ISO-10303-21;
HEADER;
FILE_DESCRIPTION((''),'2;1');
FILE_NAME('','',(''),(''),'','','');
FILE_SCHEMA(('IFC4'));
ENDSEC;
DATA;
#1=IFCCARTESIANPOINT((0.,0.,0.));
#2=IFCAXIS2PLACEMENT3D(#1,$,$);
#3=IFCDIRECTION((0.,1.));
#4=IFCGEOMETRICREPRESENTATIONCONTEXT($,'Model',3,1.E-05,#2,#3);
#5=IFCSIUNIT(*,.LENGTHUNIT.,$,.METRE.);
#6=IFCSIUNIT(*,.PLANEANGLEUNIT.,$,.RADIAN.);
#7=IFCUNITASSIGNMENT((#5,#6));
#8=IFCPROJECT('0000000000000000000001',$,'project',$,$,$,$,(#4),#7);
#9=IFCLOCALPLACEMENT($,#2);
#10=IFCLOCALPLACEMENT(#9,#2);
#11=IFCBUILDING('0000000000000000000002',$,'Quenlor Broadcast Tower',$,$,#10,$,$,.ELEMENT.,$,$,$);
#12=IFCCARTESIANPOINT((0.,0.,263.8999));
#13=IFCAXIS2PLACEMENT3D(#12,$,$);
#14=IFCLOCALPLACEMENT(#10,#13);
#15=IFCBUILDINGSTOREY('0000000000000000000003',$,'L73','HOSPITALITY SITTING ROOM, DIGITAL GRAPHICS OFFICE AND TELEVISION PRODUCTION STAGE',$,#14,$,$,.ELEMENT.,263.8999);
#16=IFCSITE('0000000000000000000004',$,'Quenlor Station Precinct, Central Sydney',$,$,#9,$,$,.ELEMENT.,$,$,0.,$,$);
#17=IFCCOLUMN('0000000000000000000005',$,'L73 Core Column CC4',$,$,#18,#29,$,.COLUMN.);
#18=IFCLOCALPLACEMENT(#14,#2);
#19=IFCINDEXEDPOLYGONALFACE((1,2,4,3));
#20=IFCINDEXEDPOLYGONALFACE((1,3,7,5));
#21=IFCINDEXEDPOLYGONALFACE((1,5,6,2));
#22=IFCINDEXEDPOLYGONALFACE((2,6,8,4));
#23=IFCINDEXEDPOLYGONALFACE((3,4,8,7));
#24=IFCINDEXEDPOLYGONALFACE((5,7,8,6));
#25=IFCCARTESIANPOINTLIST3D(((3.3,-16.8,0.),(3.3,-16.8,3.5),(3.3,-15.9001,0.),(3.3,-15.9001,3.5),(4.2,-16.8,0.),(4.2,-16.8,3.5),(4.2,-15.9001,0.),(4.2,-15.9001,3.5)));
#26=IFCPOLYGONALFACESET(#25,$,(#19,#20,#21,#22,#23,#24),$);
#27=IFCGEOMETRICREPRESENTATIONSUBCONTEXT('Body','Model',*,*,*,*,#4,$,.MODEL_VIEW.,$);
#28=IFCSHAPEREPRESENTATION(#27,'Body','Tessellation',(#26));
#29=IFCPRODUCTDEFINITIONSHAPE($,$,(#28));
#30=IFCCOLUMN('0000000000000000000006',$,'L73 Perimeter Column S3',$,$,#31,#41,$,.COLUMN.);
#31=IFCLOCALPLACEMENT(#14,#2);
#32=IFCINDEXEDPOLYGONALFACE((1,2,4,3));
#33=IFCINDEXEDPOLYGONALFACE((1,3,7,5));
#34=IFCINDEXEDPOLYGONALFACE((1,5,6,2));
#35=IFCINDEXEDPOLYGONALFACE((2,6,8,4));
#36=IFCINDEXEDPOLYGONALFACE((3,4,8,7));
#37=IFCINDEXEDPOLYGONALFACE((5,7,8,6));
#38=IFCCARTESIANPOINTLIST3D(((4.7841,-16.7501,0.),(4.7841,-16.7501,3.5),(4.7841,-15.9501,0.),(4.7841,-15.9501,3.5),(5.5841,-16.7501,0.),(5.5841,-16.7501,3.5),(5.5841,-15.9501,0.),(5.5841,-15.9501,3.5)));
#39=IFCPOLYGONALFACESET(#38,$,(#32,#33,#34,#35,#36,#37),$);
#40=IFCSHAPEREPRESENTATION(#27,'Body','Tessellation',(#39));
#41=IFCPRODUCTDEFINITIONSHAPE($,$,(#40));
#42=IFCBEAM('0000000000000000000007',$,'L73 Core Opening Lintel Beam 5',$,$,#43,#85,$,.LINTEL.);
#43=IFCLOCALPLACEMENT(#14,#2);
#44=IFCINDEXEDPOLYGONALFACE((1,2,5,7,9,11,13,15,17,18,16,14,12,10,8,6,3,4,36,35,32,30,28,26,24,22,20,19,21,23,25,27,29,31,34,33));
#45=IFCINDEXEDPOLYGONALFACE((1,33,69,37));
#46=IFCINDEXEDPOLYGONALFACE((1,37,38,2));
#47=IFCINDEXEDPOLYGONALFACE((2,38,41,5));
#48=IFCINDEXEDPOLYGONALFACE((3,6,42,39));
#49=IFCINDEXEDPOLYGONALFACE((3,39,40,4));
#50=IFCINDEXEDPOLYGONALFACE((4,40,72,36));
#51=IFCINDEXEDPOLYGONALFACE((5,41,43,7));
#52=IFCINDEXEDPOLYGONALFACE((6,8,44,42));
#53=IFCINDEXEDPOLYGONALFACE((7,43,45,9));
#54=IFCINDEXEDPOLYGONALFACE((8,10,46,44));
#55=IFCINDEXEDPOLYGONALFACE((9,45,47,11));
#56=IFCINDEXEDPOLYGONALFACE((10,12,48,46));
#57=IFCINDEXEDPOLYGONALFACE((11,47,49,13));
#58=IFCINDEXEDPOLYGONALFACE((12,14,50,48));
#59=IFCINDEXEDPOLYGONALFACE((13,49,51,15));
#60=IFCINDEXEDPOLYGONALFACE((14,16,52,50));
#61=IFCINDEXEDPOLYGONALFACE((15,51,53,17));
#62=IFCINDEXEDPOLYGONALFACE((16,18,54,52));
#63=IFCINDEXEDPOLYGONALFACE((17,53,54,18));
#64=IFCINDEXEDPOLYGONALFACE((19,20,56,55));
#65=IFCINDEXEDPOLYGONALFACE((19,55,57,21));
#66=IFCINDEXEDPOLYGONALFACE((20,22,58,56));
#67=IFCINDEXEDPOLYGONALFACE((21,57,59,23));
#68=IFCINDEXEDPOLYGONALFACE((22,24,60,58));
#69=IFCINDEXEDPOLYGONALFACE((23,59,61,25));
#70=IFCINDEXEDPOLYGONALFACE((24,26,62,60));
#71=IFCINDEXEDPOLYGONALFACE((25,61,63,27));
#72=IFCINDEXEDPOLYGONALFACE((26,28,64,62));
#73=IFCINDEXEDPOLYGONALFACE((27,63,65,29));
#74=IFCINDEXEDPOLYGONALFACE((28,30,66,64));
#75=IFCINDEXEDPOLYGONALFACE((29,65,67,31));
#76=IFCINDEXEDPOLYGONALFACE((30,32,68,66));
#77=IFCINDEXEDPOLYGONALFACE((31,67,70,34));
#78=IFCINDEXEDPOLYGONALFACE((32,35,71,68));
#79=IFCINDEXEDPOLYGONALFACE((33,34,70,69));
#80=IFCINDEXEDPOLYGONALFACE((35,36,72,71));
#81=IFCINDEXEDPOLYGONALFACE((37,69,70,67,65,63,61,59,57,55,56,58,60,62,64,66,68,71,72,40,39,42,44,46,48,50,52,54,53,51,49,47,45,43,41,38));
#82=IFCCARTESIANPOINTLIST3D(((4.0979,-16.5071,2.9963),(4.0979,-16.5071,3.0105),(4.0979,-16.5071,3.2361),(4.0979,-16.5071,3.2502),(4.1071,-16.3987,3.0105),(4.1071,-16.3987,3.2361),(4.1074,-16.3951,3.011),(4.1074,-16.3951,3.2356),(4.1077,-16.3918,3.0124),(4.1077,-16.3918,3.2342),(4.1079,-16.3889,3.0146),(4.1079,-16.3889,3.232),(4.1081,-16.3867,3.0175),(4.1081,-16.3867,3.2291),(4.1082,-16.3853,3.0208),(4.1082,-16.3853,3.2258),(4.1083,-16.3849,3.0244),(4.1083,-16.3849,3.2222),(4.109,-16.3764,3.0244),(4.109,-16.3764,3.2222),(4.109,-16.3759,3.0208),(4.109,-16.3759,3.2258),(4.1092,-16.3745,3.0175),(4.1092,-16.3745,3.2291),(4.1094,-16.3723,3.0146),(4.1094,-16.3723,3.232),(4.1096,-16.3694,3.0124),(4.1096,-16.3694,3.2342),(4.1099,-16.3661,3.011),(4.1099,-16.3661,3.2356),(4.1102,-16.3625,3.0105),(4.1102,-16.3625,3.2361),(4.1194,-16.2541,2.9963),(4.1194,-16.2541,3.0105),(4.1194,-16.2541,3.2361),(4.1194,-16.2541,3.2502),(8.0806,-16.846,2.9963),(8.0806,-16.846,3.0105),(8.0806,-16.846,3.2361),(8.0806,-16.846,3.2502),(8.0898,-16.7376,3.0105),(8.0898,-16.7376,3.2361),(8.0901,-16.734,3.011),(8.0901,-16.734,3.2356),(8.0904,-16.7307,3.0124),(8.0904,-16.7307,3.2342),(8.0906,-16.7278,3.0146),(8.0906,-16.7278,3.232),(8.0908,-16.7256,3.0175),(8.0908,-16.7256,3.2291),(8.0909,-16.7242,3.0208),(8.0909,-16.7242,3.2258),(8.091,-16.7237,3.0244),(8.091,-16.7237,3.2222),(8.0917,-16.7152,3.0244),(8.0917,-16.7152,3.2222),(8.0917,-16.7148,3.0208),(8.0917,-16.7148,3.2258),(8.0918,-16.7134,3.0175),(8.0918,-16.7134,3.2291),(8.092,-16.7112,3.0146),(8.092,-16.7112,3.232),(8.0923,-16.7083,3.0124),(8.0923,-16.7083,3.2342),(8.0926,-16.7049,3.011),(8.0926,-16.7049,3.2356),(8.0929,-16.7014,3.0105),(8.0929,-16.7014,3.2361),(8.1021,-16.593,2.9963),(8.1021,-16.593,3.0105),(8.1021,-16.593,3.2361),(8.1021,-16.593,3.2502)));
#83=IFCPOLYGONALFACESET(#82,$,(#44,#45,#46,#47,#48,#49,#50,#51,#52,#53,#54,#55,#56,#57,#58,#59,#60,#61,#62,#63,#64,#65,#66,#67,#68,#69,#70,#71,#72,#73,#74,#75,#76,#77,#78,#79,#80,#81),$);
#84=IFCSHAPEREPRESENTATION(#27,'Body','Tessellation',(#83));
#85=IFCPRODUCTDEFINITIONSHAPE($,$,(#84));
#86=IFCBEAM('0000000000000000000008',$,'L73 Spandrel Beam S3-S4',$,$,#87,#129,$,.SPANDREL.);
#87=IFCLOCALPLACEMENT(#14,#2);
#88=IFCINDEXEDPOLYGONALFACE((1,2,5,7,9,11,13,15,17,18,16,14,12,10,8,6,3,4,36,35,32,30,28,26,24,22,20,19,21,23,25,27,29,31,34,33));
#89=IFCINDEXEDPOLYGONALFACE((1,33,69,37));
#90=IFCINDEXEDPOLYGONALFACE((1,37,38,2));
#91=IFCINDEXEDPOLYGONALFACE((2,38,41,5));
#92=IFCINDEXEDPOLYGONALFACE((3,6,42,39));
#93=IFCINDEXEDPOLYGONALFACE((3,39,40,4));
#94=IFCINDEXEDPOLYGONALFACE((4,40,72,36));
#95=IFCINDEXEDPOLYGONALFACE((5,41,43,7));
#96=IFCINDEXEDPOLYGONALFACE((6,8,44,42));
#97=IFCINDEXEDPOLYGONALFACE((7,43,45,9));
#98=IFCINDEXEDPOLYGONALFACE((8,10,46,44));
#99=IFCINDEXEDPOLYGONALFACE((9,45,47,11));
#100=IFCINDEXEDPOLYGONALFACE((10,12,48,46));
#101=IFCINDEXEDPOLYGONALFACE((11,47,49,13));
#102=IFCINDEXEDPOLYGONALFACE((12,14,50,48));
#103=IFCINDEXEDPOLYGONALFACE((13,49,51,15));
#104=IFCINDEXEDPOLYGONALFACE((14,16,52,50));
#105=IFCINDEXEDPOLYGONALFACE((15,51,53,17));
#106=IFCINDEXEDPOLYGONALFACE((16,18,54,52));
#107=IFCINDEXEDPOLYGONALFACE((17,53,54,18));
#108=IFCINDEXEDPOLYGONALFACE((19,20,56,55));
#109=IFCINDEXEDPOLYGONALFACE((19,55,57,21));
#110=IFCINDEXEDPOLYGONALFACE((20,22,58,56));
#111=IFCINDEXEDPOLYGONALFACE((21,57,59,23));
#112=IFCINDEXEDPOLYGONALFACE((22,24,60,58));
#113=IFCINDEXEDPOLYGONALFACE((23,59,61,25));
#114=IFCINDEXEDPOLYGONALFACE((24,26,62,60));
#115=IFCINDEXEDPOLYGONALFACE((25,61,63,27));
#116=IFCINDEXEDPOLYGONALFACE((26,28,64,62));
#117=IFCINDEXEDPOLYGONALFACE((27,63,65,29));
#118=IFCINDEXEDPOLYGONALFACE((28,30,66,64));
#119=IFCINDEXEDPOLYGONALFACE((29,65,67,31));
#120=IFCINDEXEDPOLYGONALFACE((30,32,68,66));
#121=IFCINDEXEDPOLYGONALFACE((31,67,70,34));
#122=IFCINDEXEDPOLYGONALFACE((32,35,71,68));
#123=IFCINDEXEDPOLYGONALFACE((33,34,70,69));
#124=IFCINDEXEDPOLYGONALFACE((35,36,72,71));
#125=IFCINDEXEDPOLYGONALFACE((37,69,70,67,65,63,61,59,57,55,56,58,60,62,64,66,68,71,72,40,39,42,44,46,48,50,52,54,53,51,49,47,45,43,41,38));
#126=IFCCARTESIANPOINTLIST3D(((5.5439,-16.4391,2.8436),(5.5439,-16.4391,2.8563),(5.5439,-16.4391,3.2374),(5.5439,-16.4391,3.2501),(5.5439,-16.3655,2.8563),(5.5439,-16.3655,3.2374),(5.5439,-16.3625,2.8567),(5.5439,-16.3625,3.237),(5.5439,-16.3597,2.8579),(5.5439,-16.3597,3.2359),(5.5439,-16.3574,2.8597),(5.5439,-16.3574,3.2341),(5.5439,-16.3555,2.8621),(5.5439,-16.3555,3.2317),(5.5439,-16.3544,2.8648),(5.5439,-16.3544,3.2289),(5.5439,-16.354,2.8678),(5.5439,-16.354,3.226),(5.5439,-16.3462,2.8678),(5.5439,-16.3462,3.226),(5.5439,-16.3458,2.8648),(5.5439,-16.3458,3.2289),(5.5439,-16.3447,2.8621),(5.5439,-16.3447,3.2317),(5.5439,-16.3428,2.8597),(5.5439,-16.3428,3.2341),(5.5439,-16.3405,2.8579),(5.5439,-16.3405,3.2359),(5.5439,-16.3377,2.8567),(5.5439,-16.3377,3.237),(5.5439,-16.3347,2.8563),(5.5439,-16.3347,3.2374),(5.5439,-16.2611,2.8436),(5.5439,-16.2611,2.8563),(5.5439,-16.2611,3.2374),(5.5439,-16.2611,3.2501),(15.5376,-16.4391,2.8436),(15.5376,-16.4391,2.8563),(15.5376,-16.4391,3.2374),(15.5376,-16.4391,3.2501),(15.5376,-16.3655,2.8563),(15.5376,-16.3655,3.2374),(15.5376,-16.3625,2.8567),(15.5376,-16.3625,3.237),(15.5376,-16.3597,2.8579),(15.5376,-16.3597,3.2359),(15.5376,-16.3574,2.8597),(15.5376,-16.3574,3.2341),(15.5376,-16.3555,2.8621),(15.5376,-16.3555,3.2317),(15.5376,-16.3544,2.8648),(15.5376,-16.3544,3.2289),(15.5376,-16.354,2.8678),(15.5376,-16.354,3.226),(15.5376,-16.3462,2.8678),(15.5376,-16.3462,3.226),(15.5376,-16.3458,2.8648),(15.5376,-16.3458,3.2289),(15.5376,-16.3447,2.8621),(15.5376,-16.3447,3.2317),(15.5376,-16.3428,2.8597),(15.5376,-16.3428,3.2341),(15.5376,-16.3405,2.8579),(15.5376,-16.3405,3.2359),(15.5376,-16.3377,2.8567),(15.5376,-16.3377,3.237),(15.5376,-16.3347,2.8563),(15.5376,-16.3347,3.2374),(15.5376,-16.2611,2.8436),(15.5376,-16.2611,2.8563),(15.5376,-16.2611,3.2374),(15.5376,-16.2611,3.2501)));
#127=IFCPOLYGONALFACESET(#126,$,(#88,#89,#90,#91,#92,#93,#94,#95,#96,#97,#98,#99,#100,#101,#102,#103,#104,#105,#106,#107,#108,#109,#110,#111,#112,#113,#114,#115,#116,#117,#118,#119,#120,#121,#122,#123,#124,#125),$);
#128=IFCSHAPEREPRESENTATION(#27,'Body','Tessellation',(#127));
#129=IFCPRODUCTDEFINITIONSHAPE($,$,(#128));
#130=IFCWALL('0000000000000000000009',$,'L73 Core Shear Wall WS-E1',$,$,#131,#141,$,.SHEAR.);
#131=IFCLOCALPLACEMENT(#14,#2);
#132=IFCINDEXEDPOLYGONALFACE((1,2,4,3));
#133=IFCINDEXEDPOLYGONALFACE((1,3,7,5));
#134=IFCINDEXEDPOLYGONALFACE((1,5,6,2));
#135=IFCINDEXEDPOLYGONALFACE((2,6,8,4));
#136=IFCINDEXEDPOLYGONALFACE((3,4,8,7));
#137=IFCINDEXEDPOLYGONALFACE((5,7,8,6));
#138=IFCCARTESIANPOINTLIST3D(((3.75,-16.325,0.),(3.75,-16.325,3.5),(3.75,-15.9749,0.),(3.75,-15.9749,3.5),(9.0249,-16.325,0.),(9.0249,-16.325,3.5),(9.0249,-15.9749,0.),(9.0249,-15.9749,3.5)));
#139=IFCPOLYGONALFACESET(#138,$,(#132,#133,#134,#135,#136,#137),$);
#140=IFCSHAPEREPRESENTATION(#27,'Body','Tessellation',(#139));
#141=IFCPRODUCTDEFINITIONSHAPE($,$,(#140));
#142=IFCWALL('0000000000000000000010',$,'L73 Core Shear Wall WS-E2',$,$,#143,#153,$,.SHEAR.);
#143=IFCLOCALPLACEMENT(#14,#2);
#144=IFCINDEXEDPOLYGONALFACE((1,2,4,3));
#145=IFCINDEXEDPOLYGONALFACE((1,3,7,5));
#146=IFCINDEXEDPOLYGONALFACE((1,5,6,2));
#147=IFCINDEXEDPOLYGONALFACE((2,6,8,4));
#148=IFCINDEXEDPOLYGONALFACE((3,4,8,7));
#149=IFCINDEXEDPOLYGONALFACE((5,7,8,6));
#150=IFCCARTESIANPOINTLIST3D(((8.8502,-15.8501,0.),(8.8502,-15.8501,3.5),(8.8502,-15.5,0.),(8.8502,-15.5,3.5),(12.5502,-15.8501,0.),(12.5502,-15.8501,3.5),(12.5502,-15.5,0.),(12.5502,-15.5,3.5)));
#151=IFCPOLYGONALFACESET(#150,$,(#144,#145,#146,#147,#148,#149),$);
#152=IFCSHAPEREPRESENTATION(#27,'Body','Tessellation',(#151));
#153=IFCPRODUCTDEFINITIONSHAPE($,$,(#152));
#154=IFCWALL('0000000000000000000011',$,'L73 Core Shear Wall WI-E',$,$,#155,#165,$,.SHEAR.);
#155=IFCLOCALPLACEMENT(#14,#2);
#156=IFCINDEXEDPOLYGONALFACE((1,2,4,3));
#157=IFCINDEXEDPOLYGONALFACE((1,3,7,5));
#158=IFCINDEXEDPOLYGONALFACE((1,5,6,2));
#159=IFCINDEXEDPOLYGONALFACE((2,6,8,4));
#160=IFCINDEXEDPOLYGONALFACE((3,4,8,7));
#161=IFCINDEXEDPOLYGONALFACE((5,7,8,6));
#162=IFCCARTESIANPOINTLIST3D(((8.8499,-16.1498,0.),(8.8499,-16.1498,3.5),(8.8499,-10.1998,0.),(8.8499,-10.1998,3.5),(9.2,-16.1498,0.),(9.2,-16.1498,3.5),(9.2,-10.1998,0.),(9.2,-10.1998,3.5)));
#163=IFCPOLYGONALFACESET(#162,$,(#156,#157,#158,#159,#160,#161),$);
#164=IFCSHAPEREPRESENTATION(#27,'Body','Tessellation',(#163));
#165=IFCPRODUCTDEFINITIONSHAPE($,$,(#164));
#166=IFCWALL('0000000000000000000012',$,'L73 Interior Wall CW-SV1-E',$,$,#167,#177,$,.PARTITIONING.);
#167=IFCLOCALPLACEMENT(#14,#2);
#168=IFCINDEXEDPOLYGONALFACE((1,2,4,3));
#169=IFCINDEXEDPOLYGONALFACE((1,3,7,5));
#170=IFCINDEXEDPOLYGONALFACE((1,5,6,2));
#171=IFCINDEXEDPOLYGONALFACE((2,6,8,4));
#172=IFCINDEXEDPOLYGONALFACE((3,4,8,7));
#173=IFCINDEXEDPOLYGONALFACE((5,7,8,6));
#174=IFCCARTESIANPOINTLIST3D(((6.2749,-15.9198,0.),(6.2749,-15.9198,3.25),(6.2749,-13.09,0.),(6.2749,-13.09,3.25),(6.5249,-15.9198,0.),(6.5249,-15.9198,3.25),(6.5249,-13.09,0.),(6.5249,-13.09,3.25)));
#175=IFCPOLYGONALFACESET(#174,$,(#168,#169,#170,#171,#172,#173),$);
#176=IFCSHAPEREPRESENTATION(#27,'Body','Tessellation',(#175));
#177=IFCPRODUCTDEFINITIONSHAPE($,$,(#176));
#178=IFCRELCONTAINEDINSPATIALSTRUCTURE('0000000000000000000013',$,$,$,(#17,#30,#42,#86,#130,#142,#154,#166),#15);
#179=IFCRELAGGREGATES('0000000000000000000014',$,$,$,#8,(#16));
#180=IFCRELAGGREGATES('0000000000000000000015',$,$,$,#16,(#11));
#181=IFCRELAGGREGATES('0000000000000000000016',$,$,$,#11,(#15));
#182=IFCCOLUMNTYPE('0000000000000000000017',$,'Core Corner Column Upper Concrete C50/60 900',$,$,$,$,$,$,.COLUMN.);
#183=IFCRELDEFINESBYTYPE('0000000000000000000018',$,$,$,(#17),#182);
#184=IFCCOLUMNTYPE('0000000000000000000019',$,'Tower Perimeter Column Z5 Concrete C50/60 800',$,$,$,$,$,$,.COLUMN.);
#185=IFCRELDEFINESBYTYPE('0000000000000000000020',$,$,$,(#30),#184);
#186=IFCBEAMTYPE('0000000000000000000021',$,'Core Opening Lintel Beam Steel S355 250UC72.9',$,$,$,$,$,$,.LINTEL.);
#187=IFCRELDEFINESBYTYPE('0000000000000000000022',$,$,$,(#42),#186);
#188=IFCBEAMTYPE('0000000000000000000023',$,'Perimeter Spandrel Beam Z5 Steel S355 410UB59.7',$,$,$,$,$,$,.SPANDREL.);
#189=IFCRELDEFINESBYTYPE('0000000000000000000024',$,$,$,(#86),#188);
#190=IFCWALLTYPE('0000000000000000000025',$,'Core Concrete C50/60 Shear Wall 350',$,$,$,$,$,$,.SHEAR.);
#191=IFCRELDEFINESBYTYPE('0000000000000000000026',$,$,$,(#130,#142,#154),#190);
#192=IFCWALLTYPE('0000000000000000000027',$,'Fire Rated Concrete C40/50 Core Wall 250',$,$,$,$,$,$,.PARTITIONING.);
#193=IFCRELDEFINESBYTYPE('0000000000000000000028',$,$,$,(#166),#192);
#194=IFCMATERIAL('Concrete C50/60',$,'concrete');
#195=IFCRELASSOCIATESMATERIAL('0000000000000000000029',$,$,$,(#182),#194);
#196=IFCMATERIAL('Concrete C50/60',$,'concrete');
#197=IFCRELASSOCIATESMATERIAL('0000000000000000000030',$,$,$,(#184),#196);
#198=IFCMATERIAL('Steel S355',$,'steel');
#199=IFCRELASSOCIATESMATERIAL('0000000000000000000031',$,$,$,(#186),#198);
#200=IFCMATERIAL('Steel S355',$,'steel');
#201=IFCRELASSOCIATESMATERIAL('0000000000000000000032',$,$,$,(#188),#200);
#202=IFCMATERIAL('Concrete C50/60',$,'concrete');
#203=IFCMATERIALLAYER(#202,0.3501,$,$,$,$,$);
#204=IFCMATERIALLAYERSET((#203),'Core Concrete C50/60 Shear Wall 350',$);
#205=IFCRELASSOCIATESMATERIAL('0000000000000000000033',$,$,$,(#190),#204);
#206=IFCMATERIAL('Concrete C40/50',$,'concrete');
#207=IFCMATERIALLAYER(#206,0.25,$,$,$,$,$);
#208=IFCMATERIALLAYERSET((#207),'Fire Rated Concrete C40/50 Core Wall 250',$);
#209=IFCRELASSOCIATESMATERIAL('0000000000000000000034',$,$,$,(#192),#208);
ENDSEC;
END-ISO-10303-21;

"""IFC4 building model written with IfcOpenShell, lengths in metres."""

from ifc_helpers import new_model, si_unit, direction, frame, frame_2d, origin, origin_2d, place, context, subcontext, project, spatial, rectangle, i_section, extrude, material, layer, layer_set, material_profile, profile_set, type_object, element, save


model = new_model("IFC4")

# Units and contexts
model_context = context("Model", 3, precision=1e-05, world=origin(), true_north=direction((0.0, 1.0)))
body_context = subcontext(model_context, "Body", "Model", "MODEL_VIEW")
ifc_project = project(units=[si_unit("LENGTHUNIT", "METRE"), si_unit("PLANEANGLEUNIT", "RADIAN")], contexts=[model_context])

# Site, building, storey
site_placement = place(None, origin())
site = spatial("IfcSite", under=ifc_project, at=site_placement, Name="Quenlor Station Precinct, Central Sydney", CompositionType="ELEMENT", RefElevation=0.0)
building_placement = place(site_placement, origin())
building = spatial("IfcBuilding", under=site, at=building_placement, Name="Quenlor Broadcast Tower", CompositionType="ELEMENT")
storey_placement = place(building_placement, frame((0.0, 0.0, 263.8999)))
storey = spatial("IfcBuildingStorey", under=building, at=storey_placement, Name="L73", Description="HOSPITALITY SITTING ROOM, DIGITAL GRAPHICS OFFICE AND TELEVISION PRODUCTION STAGE", CompositionType="ELEMENT", Elevation=263.8999)

# Columns
ifc_material_1 = material(Name="Concrete C50/60", Category="concrete")
ifc_material_profile_1 = material_profile(ifc_material_1, rectangle(XDim=0.8999, YDim=0.8999, at=origin_2d()))
ifc_profile_set_1 = profile_set([ifc_material_profile_1], Name="Concrete C50/60 RC900x900")
column_type_1 = type_object("IfcColumnType", Name="Core Corner Column Upper Concrete C50/60 900", PredefinedType="COLUMN", material=ifc_profile_set_1)
column_1_placement = place(storey_placement, frame((3.75, -16.3501, 0.0), z_axis=(0.0, 0.0, 1.0), x_axis=(1.0, 0.0, 0.0)))
element("IfcColumn", 1, at=column_1_placement, inside=storey, type_object=column_type_1, Name="L73 Core Column CC4", PredefinedType="COLUMN", context=body_context, shape_type="SweptSolid", body=[
    extrude(rectangle(XDim=0.8999, YDim=0.8999, at=origin_2d()), origin(), (0.0, 0.0, 1.0), 3.5),
])
ifc_material_2 = material(Name="Concrete C50/60", Category="concrete")
ifc_material_profile_2 = material_profile(ifc_material_2, rectangle(XDim=0.8, YDim=0.8, at=origin_2d()))
ifc_profile_set_2 = profile_set([ifc_material_profile_2], Name="Concrete C50/60 RC800x800")
column_type_2 = type_object("IfcColumnType", Name="Tower Perimeter Column Z5 Concrete C50/60 800", PredefinedType="COLUMN", material=ifc_profile_set_2)
column_2_placement = place(storey_placement, frame((5.1841, -16.3501, 0.0), z_axis=(0.0, 0.0, 1.0), x_axis=(0.0, 1.0, 0.0)))
element("IfcColumn", 2, at=column_2_placement, inside=storey, type_object=column_type_2, Name="L73 Perimeter Column S3", PredefinedType="COLUMN", context=body_context, shape_type="SweptSolid", body=[
    extrude(rectangle(XDim=0.8, YDim=0.8, at=origin_2d()), origin(), (0.0, 0.0, 1.0), 3.5),
])

# Beams
ifc_material_3 = material(Name="Steel S355", Category="steel")
ifc_material_profile_3 = material_profile(ifc_material_3, i_section(OverallWidth=0.2539, OverallDepth=0.2539, WebThickness=0.0085, FlangeThickness=0.0142, FilletRadius=0.0139, at=origin_2d()))
ifc_profile_set_3 = profile_set([ifc_material_profile_3], Name="Steel S355 250UC72.9")
beam_type_1 = type_object("IfcBeamType", Name="Core Opening Lintel Beam Steel S355 250UC72.9", PredefinedType="LINTEL", material=ifc_profile_set_3)
beam_1_placement = place(storey_placement, frame((4.1086, -16.3806, 3.1233), z_axis=(0.9964, -0.084779, 0.0), x_axis=(0.084779, 0.9964, 0.0)))
element("IfcBeam", 3, at=beam_1_placement, inside=storey, type_object=beam_type_1, Name="L73 Core Opening Lintel Beam 5", PredefinedType="LINTEL", context=body_context, shape_type="SweptSolid", body=[
    extrude(i_section(OverallWidth=0.2539, OverallDepth=0.2539, WebThickness=0.0085, FlangeThickness=0.0142, FilletRadius=0.0139, at=origin_2d()), origin(), (0.0, 0.0, 1.0), 3.9971),
])
ifc_material_4 = material(Name="Steel S355", Category="steel")
ifc_material_profile_4 = material_profile(ifc_material_4, i_section(OverallWidth=0.178, OverallDepth=0.4065, WebThickness=0.0078, FlangeThickness=0.0127, FilletRadius=0.0115, at=origin_2d()))
ifc_profile_set_4 = profile_set([ifc_material_profile_4], Name="Steel S355 410UB59.7")
beam_type_2 = type_object("IfcBeamType", Name="Perimeter Spandrel Beam Z5 Steel S355 410UB59.7", PredefinedType="SPANDREL", material=ifc_profile_set_4)
beam_2_placement = place(storey_placement, frame((5.5439, -16.3501, 3.0469), z_axis=(1.0, 0.0, 0.0), x_axis=(0.0, 1.0, 0.0)))
element("IfcBeam", 4, at=beam_2_placement, inside=storey, type_object=beam_type_2, Name="L73 Spandrel Beam S3-S4", PredefinedType="SPANDREL", context=body_context, shape_type="SweptSolid", body=[
    extrude(i_section(OverallWidth=0.178, OverallDepth=0.4065, WebThickness=0.0078, FlangeThickness=0.0127, FilletRadius=0.0115, at=origin_2d()), origin(), (0.0, 0.0, 1.0), 9.9937),
])

# Walls
ifc_material_5 = material(Name="Concrete C50/60", Category="concrete")
ifc_layer_1 = layer(ifc_material_5, 0.3501)
ifc_layer_set_1 = layer_set([ifc_layer_1], Name="Core Concrete C50/60 Shear Wall 350")
wall_type_1 = type_object("IfcWallType", Name="Core Concrete C50/60 Shear Wall 350", PredefinedType="SHEAR", material=ifc_layer_set_1)
wall_1_placement = place(storey_placement, frame((3.75, -16.1499, 0.0), z_axis=(0.0, 0.0, 1.0), x_axis=(1.0, 0.0, 0.0)))
element("IfcWall", 5, at=wall_1_placement, inside=storey, type_object=wall_type_1, Name="L73 Core Shear Wall WS-E1", PredefinedType="SHEAR", context=body_context, shape_type="SweptSolid", body=[
    extrude(rectangle(XDim=5.2749, YDim=0.3501, at=frame_2d((2.6375, 0.0))), origin(), (0.0, 0.0, 1.0), 3.5),
])
wall_2_placement = place(storey_placement, frame((8.8501, -15.675, 0.0), z_axis=(0.0, 0.0, 1.0), x_axis=(1.0, 0.0, 0.0)))
element("IfcWall", 6, at=wall_2_placement, inside=storey, type_object=wall_type_1, Name="L73 Core Shear Wall WS-E2", PredefinedType="SHEAR", context=body_context, shape_type="SweptSolid", body=[
    extrude(rectangle(XDim=3.7, YDim=0.3501, at=frame_2d((1.8501, 0.0))), origin(), (0.0, 0.0, 1.0), 3.5),
])
wall_3_placement = place(storey_placement, frame((9.0249, -16.1499, 0.0), z_axis=(0.0, 0.0, 1.0), x_axis=(0.0, 1.0, 0.0)))
element("IfcWall", 7, at=wall_3_placement, inside=storey, type_object=wall_type_1, Name="L73 Core Shear Wall WI-E", PredefinedType="SHEAR", context=body_context, shape_type="SweptSolid", body=[
    extrude(rectangle(XDim=5.95, YDim=0.3501, at=frame_2d((2.9751, 0.0))), origin(), (0.0, 0.0, 1.0), 3.5),
])

# Shared definitions
ifc_material_6 = material(Name="Concrete C40/50", Category="concrete")
ifc_layer_2 = layer(ifc_material_6, 0.25)
ifc_layer_set_2 = layer_set([ifc_layer_2], Name="Fire Rated Concrete C40/50 Core Wall 250")
wall_type_2 = type_object("IfcWallType", Name="Fire Rated Concrete C40/50 Core Wall 250", PredefinedType="PARTITIONING", material=ifc_layer_set_2)

# Wall
wall_4_placement = place(storey_placement, frame((6.3999, -15.9199, 0.0), z_axis=(0.0, 0.0, 1.0), x_axis=(0.0, 1.0, 0.0)))
element("IfcWall", 8, at=wall_4_placement, inside=storey, type_object=wall_type_2, Name="L73 Interior Wall CW-SV1-E", PredefinedType="PARTITIONING", context=body_context, shape_type="SweptSolid", body=[
    extrude(rectangle(XDim=2.8298, YDim=0.25, at=frame_2d((1.415, 0.0))), origin(), (0.0, 0.0, 1.0), 3.25),
])

save(model, "model.ifc")
